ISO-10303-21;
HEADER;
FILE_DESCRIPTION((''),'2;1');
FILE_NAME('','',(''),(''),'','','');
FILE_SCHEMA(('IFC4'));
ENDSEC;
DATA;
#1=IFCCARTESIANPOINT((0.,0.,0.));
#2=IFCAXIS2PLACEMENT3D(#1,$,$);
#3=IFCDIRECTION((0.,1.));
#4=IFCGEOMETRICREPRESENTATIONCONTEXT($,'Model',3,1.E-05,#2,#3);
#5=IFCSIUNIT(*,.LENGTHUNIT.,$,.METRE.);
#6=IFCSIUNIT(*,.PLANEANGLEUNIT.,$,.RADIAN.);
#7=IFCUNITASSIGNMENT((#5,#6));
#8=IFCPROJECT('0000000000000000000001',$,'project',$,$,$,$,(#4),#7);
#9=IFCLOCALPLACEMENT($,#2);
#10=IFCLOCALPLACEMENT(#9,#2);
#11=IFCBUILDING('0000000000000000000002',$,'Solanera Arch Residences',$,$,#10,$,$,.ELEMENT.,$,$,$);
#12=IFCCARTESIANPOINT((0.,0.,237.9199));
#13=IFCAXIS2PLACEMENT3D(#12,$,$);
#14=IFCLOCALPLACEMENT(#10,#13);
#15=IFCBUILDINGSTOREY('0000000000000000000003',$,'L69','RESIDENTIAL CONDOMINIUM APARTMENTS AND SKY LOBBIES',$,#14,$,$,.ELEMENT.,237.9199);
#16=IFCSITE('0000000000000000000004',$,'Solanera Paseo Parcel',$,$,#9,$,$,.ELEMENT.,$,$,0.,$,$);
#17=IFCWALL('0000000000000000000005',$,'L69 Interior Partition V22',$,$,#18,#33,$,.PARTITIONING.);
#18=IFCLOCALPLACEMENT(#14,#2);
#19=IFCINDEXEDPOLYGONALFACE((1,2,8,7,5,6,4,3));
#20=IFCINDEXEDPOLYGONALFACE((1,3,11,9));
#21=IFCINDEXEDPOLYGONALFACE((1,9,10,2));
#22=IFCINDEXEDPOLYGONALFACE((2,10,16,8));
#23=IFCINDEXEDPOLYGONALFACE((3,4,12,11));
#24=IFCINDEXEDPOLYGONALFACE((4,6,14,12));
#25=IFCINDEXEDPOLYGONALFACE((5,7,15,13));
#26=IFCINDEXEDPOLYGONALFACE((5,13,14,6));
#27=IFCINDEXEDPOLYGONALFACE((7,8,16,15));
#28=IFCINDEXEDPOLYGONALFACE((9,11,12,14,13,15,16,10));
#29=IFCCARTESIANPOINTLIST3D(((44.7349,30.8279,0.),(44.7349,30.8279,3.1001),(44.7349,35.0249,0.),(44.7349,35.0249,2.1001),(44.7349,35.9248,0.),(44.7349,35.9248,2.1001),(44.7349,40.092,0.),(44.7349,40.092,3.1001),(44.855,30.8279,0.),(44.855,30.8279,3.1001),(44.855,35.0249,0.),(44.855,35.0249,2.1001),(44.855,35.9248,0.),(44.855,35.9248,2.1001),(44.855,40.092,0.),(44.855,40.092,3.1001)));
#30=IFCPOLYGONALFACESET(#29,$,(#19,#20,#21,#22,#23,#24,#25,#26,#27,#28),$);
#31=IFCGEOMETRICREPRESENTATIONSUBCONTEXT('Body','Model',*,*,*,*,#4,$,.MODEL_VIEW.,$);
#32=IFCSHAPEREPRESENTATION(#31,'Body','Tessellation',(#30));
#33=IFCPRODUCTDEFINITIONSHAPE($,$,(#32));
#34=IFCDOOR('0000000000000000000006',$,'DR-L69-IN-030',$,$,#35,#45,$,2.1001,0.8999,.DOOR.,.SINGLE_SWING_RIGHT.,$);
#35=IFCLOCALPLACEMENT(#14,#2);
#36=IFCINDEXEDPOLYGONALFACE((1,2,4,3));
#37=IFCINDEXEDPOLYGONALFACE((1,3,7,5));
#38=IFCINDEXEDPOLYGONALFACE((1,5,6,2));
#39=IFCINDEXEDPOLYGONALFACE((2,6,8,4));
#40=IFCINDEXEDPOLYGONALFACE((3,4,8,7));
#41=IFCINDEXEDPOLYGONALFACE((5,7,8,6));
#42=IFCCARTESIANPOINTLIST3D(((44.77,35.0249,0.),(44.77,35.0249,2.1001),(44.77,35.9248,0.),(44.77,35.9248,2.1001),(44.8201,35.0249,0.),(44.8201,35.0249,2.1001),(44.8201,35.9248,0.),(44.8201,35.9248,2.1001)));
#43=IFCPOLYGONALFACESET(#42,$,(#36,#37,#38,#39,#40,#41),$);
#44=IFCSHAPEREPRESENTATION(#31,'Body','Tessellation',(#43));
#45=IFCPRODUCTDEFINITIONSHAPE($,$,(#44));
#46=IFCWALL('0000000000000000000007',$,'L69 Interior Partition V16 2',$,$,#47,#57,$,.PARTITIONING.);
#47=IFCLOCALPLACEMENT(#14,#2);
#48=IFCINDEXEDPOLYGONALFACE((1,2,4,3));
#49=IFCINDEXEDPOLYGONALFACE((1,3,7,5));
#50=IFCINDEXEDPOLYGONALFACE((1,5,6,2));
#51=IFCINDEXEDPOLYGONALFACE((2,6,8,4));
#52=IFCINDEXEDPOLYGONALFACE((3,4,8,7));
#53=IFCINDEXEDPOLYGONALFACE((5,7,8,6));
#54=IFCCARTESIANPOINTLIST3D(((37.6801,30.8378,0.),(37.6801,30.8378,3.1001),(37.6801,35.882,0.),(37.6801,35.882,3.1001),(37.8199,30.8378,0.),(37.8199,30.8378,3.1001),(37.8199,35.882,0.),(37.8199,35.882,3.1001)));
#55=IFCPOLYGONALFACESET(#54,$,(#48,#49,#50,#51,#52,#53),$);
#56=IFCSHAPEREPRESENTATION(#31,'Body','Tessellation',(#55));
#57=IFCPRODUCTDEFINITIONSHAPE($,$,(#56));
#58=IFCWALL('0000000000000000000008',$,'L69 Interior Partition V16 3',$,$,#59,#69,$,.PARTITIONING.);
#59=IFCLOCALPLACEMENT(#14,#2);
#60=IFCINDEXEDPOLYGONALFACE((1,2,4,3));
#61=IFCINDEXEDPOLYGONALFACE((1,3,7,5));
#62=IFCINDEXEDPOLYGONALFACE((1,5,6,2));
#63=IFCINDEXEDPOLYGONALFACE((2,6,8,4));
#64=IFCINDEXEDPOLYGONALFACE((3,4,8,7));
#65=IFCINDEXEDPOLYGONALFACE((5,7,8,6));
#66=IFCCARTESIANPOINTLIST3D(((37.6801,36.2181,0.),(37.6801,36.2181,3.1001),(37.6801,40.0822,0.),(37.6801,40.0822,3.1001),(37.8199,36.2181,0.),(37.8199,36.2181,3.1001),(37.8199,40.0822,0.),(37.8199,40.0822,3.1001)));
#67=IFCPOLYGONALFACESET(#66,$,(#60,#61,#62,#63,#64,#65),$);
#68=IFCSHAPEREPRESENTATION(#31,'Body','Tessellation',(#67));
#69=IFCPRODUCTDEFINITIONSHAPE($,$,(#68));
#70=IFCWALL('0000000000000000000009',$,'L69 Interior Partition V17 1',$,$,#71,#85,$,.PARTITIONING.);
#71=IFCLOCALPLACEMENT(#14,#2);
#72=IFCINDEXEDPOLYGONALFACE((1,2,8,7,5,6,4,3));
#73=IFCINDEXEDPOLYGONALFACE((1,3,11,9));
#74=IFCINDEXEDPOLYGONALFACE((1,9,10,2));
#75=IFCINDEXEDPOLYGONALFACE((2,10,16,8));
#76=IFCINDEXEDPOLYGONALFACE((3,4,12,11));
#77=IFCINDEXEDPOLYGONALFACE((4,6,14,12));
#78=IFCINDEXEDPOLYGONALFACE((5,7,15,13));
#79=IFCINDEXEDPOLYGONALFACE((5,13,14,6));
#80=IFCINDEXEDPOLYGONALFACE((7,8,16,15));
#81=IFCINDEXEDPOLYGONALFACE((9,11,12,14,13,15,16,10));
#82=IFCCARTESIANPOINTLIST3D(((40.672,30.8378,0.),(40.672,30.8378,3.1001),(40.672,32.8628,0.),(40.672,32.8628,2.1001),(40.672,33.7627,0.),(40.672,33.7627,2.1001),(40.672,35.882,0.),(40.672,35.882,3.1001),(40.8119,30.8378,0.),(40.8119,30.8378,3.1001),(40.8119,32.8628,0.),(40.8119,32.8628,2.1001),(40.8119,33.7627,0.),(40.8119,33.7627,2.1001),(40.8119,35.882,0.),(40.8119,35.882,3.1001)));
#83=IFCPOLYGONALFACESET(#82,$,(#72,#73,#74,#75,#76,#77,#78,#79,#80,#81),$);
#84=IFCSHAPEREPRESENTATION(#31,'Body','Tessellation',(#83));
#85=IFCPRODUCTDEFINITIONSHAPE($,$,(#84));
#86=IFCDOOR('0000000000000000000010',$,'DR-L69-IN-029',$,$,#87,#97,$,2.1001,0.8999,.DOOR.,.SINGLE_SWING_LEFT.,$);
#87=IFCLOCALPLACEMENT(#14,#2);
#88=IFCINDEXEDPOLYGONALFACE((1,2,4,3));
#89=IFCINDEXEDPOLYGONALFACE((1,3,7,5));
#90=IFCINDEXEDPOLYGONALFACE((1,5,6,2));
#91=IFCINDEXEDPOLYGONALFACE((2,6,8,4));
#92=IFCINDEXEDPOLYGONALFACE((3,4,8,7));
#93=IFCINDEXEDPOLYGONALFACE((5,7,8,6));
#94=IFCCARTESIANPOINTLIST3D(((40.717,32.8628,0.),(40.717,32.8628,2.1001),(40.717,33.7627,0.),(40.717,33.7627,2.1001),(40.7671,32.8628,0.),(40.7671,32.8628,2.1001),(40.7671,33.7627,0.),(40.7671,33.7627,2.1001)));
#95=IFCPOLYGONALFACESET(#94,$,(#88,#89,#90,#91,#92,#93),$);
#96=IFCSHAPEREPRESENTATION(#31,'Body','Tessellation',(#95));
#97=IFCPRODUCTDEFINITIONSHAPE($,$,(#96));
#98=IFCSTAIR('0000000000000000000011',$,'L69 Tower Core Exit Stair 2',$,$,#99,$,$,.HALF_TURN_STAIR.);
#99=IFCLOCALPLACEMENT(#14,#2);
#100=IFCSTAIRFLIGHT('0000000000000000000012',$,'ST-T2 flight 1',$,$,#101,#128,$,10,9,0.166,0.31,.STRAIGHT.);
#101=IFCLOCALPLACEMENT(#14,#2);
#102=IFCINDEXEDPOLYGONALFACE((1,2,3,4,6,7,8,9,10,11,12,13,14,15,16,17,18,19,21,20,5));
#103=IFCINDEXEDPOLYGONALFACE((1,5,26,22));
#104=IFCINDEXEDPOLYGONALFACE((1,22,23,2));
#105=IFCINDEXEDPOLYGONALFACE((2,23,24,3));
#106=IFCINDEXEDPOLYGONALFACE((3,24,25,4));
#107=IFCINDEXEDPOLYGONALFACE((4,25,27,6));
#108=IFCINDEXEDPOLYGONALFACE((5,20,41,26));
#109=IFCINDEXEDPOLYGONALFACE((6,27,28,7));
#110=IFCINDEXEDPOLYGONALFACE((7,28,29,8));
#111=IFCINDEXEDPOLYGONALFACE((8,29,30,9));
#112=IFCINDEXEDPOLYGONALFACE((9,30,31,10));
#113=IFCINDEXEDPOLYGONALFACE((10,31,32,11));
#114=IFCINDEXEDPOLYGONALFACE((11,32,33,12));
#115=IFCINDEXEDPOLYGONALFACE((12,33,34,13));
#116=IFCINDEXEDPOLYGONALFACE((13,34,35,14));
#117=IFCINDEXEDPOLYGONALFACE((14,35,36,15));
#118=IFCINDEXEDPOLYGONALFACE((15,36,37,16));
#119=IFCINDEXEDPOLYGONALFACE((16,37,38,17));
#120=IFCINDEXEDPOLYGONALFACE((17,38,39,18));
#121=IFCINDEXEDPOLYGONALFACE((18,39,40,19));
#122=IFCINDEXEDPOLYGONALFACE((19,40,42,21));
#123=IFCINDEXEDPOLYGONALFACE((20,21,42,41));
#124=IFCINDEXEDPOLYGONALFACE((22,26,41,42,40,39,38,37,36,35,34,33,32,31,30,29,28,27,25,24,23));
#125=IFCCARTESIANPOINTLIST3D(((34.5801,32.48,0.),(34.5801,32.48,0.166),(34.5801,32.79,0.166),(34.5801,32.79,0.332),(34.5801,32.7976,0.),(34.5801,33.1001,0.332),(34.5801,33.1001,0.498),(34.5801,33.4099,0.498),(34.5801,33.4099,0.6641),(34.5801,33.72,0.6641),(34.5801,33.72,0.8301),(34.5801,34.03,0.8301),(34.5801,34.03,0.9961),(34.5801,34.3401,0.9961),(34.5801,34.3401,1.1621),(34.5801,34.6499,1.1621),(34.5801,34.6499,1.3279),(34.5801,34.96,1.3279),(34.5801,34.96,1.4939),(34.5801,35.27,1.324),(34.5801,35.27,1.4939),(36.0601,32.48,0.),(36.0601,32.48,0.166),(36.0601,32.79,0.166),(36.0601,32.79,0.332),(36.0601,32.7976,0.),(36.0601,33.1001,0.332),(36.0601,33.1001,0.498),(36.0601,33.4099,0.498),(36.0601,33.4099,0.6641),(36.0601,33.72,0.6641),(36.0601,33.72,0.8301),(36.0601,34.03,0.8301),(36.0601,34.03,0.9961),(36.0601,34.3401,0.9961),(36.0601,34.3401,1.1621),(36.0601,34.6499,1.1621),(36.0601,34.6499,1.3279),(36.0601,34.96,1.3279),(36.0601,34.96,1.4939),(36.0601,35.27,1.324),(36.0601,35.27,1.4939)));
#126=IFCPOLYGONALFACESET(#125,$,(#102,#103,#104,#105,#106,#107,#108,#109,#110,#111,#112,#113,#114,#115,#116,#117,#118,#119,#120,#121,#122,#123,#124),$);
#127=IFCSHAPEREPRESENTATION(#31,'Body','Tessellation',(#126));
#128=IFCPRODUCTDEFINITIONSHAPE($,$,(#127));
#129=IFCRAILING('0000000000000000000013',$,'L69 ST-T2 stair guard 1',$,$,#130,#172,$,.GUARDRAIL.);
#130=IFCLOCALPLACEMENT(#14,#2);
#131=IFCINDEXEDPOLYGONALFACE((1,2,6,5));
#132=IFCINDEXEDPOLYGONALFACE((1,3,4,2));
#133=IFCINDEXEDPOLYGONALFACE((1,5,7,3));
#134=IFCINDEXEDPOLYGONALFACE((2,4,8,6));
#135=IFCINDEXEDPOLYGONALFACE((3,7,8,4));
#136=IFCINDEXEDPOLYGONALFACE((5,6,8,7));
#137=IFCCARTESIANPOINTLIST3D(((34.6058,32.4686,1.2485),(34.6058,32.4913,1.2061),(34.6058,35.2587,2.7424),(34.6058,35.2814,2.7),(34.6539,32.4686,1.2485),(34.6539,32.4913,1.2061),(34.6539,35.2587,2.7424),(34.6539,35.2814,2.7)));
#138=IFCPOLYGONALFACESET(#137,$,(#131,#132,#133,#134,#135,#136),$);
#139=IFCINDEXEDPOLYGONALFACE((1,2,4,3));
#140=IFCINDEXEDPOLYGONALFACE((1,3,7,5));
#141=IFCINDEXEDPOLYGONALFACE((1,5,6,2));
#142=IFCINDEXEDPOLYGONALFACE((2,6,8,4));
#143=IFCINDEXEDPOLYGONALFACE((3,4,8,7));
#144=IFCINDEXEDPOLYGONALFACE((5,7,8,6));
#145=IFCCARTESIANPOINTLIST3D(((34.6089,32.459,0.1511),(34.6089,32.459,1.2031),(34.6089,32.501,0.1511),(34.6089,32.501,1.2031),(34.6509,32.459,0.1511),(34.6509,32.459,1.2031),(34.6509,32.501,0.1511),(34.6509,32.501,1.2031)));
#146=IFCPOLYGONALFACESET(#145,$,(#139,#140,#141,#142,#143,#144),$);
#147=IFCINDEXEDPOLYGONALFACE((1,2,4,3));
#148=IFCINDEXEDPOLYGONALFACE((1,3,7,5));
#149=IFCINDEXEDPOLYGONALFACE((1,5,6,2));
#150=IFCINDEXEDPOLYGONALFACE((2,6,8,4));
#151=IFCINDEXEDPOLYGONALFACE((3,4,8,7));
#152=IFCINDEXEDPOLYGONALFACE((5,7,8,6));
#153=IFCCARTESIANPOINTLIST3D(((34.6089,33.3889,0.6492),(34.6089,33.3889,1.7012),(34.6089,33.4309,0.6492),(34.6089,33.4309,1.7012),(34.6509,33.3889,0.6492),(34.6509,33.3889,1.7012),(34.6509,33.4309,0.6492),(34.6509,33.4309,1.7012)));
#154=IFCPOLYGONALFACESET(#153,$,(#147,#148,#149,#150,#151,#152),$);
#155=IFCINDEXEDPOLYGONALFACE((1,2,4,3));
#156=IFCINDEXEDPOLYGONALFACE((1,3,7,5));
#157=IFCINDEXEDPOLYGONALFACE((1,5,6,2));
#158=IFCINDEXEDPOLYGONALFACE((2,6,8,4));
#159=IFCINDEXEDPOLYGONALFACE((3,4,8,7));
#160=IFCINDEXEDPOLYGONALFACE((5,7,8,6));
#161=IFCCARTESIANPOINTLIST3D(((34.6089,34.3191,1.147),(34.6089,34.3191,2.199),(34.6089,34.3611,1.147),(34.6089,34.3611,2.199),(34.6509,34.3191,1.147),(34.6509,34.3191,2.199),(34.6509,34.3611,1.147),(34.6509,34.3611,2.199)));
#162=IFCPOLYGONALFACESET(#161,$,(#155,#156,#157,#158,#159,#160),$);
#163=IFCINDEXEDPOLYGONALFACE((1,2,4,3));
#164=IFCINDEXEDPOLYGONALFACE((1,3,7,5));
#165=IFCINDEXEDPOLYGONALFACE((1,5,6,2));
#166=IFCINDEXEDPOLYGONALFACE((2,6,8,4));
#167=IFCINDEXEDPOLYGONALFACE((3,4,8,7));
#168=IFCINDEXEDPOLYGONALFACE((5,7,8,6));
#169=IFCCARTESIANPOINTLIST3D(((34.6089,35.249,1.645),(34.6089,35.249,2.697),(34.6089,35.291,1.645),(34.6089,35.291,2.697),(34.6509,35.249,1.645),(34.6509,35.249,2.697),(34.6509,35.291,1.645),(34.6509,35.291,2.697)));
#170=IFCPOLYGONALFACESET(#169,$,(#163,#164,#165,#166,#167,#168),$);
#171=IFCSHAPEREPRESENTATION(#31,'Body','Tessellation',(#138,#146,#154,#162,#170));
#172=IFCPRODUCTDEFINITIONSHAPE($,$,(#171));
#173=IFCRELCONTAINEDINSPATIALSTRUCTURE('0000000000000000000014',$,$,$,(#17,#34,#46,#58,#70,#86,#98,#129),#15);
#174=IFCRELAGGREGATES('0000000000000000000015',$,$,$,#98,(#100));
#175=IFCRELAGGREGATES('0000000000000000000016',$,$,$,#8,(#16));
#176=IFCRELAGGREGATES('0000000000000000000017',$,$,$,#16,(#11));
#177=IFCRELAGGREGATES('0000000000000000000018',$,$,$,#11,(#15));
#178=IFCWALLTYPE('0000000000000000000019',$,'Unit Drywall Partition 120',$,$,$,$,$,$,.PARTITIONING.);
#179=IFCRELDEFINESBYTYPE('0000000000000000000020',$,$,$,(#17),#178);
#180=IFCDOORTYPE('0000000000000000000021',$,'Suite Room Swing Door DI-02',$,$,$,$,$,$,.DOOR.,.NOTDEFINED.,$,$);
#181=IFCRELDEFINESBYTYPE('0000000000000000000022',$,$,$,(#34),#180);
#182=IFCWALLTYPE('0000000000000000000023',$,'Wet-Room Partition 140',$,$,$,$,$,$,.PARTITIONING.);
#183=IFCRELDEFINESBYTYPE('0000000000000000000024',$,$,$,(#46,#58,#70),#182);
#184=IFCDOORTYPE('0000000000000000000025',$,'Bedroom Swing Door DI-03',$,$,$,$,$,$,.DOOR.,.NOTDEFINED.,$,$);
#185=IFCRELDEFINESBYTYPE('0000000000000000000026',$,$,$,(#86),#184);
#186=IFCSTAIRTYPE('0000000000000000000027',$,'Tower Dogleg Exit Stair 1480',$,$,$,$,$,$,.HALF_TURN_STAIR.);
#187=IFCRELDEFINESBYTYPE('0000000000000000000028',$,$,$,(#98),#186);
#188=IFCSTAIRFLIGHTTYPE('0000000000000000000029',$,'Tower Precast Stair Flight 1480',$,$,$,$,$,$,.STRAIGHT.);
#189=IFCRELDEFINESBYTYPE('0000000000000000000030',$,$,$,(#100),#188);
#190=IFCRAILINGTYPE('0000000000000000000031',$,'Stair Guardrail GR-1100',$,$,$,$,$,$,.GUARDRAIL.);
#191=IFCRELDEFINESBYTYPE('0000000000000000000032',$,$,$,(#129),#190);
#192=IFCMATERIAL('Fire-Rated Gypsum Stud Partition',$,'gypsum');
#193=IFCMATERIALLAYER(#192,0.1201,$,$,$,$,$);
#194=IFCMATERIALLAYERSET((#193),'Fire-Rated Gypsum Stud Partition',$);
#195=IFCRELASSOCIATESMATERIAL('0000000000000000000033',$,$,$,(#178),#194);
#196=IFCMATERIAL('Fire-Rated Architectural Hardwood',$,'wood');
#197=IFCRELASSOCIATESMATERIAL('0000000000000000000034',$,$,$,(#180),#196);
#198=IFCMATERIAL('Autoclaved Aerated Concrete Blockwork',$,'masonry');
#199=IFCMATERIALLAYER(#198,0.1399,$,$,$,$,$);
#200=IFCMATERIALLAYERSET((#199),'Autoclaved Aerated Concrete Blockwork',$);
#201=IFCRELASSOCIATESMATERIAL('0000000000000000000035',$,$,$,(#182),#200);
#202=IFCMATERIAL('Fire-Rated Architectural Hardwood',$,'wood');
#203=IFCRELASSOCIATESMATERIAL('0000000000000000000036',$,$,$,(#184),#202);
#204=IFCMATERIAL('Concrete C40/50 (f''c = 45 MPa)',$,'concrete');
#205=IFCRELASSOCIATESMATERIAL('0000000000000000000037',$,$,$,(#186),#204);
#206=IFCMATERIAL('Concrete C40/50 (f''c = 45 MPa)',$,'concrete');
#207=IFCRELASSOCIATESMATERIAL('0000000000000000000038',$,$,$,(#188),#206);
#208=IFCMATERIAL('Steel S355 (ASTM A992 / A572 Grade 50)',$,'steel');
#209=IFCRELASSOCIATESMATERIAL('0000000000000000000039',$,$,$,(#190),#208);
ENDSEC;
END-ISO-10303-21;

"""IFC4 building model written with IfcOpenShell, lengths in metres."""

from ifc_helpers import new_model, si_unit, direction, frame, frame_2d, origin, origin_2d, place, context, subcontext, project, spatial, polyline, rectangle, outline, extrude, material, layer, layer_set, type_object, element, fill, aggregate, save


model = new_model("IFC4")

# Units and contexts
model_context = context("Model", 3, precision=1e-05, world=origin(), true_north=direction((0.0, 1.0)))
body_context = subcontext(model_context, "Body", "Model", "MODEL_VIEW")
ifc_project = project(units=[si_unit("LENGTHUNIT", "METRE"), si_unit("PLANEANGLEUNIT", "RADIAN")], contexts=[model_context])

# Site, building, storey
site_placement = place(None, origin())
site = spatial("IfcSite", under=ifc_project, at=site_placement, Name="Solanera Paseo Parcel", CompositionType="ELEMENT", RefElevation=0.0)
building_placement = place(site_placement, origin())
building = spatial("IfcBuilding", under=site, at=building_placement, Name="Solanera Arch Residences", CompositionType="ELEMENT")
storey_placement = place(building_placement, frame((0.0, 0.0, 237.9199)))
storey = spatial("IfcBuildingStorey", under=building, at=storey_placement, Name="L69", Description="RESIDENTIAL CONDOMINIUM APARTMENTS AND SKY LOBBIES", CompositionType="ELEMENT", Elevation=237.9199)

# Shared definitions
ifc_material_1 = material(Name="Fire-Rated Gypsum Stud Partition", Category="gypsum")
ifc_layer_1 = layer(ifc_material_1, 0.1201)
ifc_layer_set_1 = layer_set([ifc_layer_1], Name="Fire-Rated Gypsum Stud Partition")
wall_type_1 = type_object("IfcWallType", Name="Unit Drywall Partition 120", PredefinedType="PARTITIONING", material=ifc_layer_set_1)

# Wall, opening, door
wall_1_placement = place(storey_placement, frame((44.7949, 30.8279, 0.0), z_axis=(0.0, 0.0, 1.0), x_axis=(0.0, 1.0, 0.0)))
wall_1 = element("IfcWall", 1, at=wall_1_placement, inside=storey, type_object=wall_type_1, Name="L69 Interior Partition V22", PredefinedType="PARTITIONING", context=body_context, shape_type="SweptSolid", body=[
    extrude(rectangle(XDim=9.2642, YDim=0.1201, at=frame_2d((4.6321, 0.0))), origin(), (0.0, 0.0, 1.0), 3.1001),
])
opening_1_placement = place(wall_1_placement, frame((4.197, 0.0, 0.0)))
opening_1 = element("IfcOpeningElement", 2, at=opening_1_placement, cuts=wall_1, PredefinedType="OPENING", context=body_context, shape_type="SweptSolid", body=[
    extrude(rectangle(XDim=0.8999, YDim=2.1001, at=frame_2d((0.45, 1.05))), frame((0.0, 0.0701, 0.0), z_axis=(0.0, -1.0, 0.0), x_axis=(1.0, 0.0, 0.0)), (0.0, 0.0, 1.0), 0.1401),
])
ifc_material_2 = material(Name="Fire-Rated Architectural Hardwood", Category="wood")
door_type_1 = type_object("IfcDoorType", Name="Suite Room Swing Door DI-02", OperationType="NOTDEFINED", PredefinedType="DOOR", material=ifc_material_2)
door_1_placement = place(opening_1_placement, origin())
door_1 = element("IfcDoor", 3, at=door_1_placement, inside=storey, type_object=door_type_1, Name="DR-L69-IN-030", OperationType="SINGLE_SWING_RIGHT", OverallHeight=2.1001, OverallWidth=0.8999, PredefinedType="DOOR", context=body_context, shape_type="SweptSolid", body=[
    extrude(rectangle(XDim=0.8999, YDim=2.1001, at=frame_2d((0.45, 1.05))), frame((0.0, 0.0249, 0.0), z_axis=(0.0, -1.0, 0.0), x_axis=(1.0, 0.0, 0.0)), (0.0, 0.0, 1.0), 0.05),
])
fill(opening_1, door_1)

# Walls
ifc_material_3 = material(Name="Autoclaved Aerated Concrete Blockwork", Category="masonry")
ifc_layer_2 = layer(ifc_material_3, 0.1399)
ifc_layer_set_2 = layer_set([ifc_layer_2], Name="Autoclaved Aerated Concrete Blockwork")
wall_type_2 = type_object("IfcWallType", Name="Wet-Room Partition 140", PredefinedType="PARTITIONING", material=ifc_layer_set_2)
wall_2_placement = place(storey_placement, frame((37.75, 30.8379, 0.0), z_axis=(0.0, 0.0, 1.0), x_axis=(0.0, 1.0, 0.0)))
element("IfcWall", 4, at=wall_2_placement, inside=storey, type_object=wall_type_2, Name="L69 Interior Partition V16 2", PredefinedType="PARTITIONING", context=body_context, shape_type="SweptSolid", body=[
    extrude(rectangle(XDim=5.0442, YDim=0.1399, at=frame_2d((2.522, 0.0))), origin(), (0.0, 0.0, 1.0), 3.1001),
])
wall_3_placement = place(storey_placement, frame((37.75, 36.218, 0.0), z_axis=(0.0, 0.0, 1.0), x_axis=(0.0, 1.0, 0.0)))
element("IfcWall", 5, at=wall_3_placement, inside=storey, type_object=wall_type_2, Name="L69 Interior Partition V16 3", PredefinedType="PARTITIONING", context=body_context, shape_type="SweptSolid", body=[
    extrude(rectangle(XDim=3.864, YDim=0.1399, at=frame_2d((1.9321, 0.0))), origin(), (0.0, 0.0, 1.0), 3.1001),
])

# Wall, opening, door
wall_4_placement = place(storey_placement, frame((40.7419, 30.8379, 0.0), z_axis=(0.0, 0.0, 1.0), x_axis=(0.0, 1.0, 0.0)))
wall_4 = element("IfcWall", 6, at=wall_4_placement, inside=storey, type_object=wall_type_2, Name="L69 Interior Partition V17 1", PredefinedType="PARTITIONING", context=body_context, shape_type="SweptSolid", body=[
    extrude(rectangle(XDim=5.0442, YDim=0.1399, at=frame_2d((2.522, 0.0))), origin(), (0.0, 0.0, 1.0), 3.1001),
])
opening_2_placement = place(wall_4_placement, frame((2.0249, 0.0, 0.0)))
opening_2 = element("IfcOpeningElement", 7, at=opening_2_placement, cuts=wall_4, PredefinedType="OPENING", context=body_context, shape_type="SweptSolid", body=[
    extrude(rectangle(XDim=0.8999, YDim=2.1001, at=frame_2d((0.45, 1.05))), frame((0.0, 0.0798, 0.0), z_axis=(0.0, -1.0, 0.0), x_axis=(1.0, 0.0, 0.0)), (0.0, 0.0, 1.0), 0.1599),
])
ifc_material_4 = material(Name="Fire-Rated Architectural Hardwood", Category="wood")
door_type_2 = type_object("IfcDoorType", Name="Bedroom Swing Door DI-03", OperationType="NOTDEFINED", PredefinedType="DOOR", material=ifc_material_4)
door_2_placement = place(opening_2_placement, origin())
door_2 = element("IfcDoor", 8, at=door_2_placement, inside=storey, type_object=door_type_2, Name="DR-L69-IN-029", OperationType="SINGLE_SWING_LEFT", OverallHeight=2.1001, OverallWidth=0.8999, PredefinedType="DOOR", context=body_context, shape_type="SweptSolid", body=[
    extrude(rectangle(XDim=0.8999, YDim=2.1001, at=frame_2d((0.45, 1.05))), frame((0.0, 0.0249, 0.0), z_axis=(0.0, -1.0, 0.0), x_axis=(1.0, 0.0, 0.0)), (0.0, 0.0, 1.0), 0.05),
])
fill(opening_2, door_2)

# Stair, stair flight
ifc_material_5 = material(Name="Concrete C40/50 (f'c = 45 MPa)", Category="concrete")
stair_type = type_object("IfcStairType", Name="Tower Dogleg Exit Stair 1480", PredefinedType="HALF_TURN_STAIR", material=ifc_material_5)
stair_placement = place(storey_placement, origin())
stair = element("IfcStair", 9, at=stair_placement, inside=storey, type_object=stair_type, Name="L69 Tower Core Exit Stair 2", PredefinedType="HALF_TURN_STAIR")
ifc_material_6 = material(Name="Concrete C40/50 (f'c = 45 MPa)", Category="concrete")
stair_flight_type = type_object("IfcStairFlightType", Name="Tower Precast Stair Flight 1480", PredefinedType="STRAIGHT", material=ifc_material_6)
stair_flight_placement = place(storey_placement, frame((35.3201, 32.48, 0.0), z_axis=(0.0, 0.0, 1.0), x_axis=(0.0, 1.0, 0.0)))
stair_flight = element("IfcStairFlight", 10, at=stair_flight_placement, type_object=stair_flight_type, Name="ST-T2 flight 1", NumberOfRisers=10, NumberOfTreads=9, PredefinedType="STRAIGHT", RiserHeight=0.166, TreadLength=0.31, context=body_context, shape_type="SweptSolid", body=[
    extrude(outline(polyline([(0.0, 0.0), (0.0, 0.166), (0.3101, 0.166), (0.3101, 0.332), (0.6201, 0.332), (0.6201, 0.498), (0.9299, 0.498), (0.9299, 0.6641), (1.24, 0.6641), (1.24, 0.8301), (1.55, 0.8301), (1.55, 0.9961), (1.8601, 0.9961), (1.8601, 1.1621), (2.1699, 1.1621), (2.1699, 1.3279), (2.48, 1.3279), (2.48, 1.4939), (2.79, 1.4939), (2.79, 1.6599), (2.79, 1.324), (0.3176, 0.0), (0.0, 0.0)])), frame((0.0, 0.74, 0.0), z_axis=(0.0, -1.0, 0.0), x_axis=(1.0, 0.0, 0.0)), (0.0, 0.0, 1.0), 1.48),
])
aggregate(stair, [stair_flight])

# Railing
ifc_material_7 = material(Name="Steel S355 (ASTM A992 / A572 Grade 50)", Category="steel")
railing_type_1 = type_object("IfcRailingType", Name="Stair Guardrail GR-1100", PredefinedType="GUARDRAIL", material=ifc_material_7)
railing_1_placement = place(storey_placement, frame((34.6299, 32.48, 0.1511)))
element("IfcRailing", 11, at=railing_1_placement, inside=storey, type_object=railing_type_1, Name="L69 ST-T2 stair guard 1", PredefinedType="GUARDRAIL", context=body_context, shape_type="SweptSolid", body=[
    extrude(rectangle(XDim=0.0481, YDim=0.0481, at=origin_2d()), frame((0.0, 0.0, 1.0762), z_axis=(0.0, 0.881581, 0.472033), x_axis=(-1.0, 0.0, 0.0)), (0.0, 0.0, 1.0), 3.1648),
    extrude(rectangle(XDim=0.042, YDim=0.042, at=origin_2d()), origin(), (0.0, 0.0, 1.0), 1.052),
    extrude(rectangle(XDim=0.042, YDim=0.042, at=origin_2d()), frame((0.0, 0.9299, 0.498)), (0.0, 0.0, 1.0), 1.052),
    extrude(rectangle(XDim=0.042, YDim=0.042, at=origin_2d()), frame((0.0, 1.8601, 0.9958)), (0.0, 0.0, 1.0), 1.052),
    extrude(rectangle(XDim=0.042, YDim=0.042, at=origin_2d()), frame((0.0, 2.79, 1.4939)), (0.0, 0.0, 1.0), 1.052),
])

save(model, "model.ifc")
